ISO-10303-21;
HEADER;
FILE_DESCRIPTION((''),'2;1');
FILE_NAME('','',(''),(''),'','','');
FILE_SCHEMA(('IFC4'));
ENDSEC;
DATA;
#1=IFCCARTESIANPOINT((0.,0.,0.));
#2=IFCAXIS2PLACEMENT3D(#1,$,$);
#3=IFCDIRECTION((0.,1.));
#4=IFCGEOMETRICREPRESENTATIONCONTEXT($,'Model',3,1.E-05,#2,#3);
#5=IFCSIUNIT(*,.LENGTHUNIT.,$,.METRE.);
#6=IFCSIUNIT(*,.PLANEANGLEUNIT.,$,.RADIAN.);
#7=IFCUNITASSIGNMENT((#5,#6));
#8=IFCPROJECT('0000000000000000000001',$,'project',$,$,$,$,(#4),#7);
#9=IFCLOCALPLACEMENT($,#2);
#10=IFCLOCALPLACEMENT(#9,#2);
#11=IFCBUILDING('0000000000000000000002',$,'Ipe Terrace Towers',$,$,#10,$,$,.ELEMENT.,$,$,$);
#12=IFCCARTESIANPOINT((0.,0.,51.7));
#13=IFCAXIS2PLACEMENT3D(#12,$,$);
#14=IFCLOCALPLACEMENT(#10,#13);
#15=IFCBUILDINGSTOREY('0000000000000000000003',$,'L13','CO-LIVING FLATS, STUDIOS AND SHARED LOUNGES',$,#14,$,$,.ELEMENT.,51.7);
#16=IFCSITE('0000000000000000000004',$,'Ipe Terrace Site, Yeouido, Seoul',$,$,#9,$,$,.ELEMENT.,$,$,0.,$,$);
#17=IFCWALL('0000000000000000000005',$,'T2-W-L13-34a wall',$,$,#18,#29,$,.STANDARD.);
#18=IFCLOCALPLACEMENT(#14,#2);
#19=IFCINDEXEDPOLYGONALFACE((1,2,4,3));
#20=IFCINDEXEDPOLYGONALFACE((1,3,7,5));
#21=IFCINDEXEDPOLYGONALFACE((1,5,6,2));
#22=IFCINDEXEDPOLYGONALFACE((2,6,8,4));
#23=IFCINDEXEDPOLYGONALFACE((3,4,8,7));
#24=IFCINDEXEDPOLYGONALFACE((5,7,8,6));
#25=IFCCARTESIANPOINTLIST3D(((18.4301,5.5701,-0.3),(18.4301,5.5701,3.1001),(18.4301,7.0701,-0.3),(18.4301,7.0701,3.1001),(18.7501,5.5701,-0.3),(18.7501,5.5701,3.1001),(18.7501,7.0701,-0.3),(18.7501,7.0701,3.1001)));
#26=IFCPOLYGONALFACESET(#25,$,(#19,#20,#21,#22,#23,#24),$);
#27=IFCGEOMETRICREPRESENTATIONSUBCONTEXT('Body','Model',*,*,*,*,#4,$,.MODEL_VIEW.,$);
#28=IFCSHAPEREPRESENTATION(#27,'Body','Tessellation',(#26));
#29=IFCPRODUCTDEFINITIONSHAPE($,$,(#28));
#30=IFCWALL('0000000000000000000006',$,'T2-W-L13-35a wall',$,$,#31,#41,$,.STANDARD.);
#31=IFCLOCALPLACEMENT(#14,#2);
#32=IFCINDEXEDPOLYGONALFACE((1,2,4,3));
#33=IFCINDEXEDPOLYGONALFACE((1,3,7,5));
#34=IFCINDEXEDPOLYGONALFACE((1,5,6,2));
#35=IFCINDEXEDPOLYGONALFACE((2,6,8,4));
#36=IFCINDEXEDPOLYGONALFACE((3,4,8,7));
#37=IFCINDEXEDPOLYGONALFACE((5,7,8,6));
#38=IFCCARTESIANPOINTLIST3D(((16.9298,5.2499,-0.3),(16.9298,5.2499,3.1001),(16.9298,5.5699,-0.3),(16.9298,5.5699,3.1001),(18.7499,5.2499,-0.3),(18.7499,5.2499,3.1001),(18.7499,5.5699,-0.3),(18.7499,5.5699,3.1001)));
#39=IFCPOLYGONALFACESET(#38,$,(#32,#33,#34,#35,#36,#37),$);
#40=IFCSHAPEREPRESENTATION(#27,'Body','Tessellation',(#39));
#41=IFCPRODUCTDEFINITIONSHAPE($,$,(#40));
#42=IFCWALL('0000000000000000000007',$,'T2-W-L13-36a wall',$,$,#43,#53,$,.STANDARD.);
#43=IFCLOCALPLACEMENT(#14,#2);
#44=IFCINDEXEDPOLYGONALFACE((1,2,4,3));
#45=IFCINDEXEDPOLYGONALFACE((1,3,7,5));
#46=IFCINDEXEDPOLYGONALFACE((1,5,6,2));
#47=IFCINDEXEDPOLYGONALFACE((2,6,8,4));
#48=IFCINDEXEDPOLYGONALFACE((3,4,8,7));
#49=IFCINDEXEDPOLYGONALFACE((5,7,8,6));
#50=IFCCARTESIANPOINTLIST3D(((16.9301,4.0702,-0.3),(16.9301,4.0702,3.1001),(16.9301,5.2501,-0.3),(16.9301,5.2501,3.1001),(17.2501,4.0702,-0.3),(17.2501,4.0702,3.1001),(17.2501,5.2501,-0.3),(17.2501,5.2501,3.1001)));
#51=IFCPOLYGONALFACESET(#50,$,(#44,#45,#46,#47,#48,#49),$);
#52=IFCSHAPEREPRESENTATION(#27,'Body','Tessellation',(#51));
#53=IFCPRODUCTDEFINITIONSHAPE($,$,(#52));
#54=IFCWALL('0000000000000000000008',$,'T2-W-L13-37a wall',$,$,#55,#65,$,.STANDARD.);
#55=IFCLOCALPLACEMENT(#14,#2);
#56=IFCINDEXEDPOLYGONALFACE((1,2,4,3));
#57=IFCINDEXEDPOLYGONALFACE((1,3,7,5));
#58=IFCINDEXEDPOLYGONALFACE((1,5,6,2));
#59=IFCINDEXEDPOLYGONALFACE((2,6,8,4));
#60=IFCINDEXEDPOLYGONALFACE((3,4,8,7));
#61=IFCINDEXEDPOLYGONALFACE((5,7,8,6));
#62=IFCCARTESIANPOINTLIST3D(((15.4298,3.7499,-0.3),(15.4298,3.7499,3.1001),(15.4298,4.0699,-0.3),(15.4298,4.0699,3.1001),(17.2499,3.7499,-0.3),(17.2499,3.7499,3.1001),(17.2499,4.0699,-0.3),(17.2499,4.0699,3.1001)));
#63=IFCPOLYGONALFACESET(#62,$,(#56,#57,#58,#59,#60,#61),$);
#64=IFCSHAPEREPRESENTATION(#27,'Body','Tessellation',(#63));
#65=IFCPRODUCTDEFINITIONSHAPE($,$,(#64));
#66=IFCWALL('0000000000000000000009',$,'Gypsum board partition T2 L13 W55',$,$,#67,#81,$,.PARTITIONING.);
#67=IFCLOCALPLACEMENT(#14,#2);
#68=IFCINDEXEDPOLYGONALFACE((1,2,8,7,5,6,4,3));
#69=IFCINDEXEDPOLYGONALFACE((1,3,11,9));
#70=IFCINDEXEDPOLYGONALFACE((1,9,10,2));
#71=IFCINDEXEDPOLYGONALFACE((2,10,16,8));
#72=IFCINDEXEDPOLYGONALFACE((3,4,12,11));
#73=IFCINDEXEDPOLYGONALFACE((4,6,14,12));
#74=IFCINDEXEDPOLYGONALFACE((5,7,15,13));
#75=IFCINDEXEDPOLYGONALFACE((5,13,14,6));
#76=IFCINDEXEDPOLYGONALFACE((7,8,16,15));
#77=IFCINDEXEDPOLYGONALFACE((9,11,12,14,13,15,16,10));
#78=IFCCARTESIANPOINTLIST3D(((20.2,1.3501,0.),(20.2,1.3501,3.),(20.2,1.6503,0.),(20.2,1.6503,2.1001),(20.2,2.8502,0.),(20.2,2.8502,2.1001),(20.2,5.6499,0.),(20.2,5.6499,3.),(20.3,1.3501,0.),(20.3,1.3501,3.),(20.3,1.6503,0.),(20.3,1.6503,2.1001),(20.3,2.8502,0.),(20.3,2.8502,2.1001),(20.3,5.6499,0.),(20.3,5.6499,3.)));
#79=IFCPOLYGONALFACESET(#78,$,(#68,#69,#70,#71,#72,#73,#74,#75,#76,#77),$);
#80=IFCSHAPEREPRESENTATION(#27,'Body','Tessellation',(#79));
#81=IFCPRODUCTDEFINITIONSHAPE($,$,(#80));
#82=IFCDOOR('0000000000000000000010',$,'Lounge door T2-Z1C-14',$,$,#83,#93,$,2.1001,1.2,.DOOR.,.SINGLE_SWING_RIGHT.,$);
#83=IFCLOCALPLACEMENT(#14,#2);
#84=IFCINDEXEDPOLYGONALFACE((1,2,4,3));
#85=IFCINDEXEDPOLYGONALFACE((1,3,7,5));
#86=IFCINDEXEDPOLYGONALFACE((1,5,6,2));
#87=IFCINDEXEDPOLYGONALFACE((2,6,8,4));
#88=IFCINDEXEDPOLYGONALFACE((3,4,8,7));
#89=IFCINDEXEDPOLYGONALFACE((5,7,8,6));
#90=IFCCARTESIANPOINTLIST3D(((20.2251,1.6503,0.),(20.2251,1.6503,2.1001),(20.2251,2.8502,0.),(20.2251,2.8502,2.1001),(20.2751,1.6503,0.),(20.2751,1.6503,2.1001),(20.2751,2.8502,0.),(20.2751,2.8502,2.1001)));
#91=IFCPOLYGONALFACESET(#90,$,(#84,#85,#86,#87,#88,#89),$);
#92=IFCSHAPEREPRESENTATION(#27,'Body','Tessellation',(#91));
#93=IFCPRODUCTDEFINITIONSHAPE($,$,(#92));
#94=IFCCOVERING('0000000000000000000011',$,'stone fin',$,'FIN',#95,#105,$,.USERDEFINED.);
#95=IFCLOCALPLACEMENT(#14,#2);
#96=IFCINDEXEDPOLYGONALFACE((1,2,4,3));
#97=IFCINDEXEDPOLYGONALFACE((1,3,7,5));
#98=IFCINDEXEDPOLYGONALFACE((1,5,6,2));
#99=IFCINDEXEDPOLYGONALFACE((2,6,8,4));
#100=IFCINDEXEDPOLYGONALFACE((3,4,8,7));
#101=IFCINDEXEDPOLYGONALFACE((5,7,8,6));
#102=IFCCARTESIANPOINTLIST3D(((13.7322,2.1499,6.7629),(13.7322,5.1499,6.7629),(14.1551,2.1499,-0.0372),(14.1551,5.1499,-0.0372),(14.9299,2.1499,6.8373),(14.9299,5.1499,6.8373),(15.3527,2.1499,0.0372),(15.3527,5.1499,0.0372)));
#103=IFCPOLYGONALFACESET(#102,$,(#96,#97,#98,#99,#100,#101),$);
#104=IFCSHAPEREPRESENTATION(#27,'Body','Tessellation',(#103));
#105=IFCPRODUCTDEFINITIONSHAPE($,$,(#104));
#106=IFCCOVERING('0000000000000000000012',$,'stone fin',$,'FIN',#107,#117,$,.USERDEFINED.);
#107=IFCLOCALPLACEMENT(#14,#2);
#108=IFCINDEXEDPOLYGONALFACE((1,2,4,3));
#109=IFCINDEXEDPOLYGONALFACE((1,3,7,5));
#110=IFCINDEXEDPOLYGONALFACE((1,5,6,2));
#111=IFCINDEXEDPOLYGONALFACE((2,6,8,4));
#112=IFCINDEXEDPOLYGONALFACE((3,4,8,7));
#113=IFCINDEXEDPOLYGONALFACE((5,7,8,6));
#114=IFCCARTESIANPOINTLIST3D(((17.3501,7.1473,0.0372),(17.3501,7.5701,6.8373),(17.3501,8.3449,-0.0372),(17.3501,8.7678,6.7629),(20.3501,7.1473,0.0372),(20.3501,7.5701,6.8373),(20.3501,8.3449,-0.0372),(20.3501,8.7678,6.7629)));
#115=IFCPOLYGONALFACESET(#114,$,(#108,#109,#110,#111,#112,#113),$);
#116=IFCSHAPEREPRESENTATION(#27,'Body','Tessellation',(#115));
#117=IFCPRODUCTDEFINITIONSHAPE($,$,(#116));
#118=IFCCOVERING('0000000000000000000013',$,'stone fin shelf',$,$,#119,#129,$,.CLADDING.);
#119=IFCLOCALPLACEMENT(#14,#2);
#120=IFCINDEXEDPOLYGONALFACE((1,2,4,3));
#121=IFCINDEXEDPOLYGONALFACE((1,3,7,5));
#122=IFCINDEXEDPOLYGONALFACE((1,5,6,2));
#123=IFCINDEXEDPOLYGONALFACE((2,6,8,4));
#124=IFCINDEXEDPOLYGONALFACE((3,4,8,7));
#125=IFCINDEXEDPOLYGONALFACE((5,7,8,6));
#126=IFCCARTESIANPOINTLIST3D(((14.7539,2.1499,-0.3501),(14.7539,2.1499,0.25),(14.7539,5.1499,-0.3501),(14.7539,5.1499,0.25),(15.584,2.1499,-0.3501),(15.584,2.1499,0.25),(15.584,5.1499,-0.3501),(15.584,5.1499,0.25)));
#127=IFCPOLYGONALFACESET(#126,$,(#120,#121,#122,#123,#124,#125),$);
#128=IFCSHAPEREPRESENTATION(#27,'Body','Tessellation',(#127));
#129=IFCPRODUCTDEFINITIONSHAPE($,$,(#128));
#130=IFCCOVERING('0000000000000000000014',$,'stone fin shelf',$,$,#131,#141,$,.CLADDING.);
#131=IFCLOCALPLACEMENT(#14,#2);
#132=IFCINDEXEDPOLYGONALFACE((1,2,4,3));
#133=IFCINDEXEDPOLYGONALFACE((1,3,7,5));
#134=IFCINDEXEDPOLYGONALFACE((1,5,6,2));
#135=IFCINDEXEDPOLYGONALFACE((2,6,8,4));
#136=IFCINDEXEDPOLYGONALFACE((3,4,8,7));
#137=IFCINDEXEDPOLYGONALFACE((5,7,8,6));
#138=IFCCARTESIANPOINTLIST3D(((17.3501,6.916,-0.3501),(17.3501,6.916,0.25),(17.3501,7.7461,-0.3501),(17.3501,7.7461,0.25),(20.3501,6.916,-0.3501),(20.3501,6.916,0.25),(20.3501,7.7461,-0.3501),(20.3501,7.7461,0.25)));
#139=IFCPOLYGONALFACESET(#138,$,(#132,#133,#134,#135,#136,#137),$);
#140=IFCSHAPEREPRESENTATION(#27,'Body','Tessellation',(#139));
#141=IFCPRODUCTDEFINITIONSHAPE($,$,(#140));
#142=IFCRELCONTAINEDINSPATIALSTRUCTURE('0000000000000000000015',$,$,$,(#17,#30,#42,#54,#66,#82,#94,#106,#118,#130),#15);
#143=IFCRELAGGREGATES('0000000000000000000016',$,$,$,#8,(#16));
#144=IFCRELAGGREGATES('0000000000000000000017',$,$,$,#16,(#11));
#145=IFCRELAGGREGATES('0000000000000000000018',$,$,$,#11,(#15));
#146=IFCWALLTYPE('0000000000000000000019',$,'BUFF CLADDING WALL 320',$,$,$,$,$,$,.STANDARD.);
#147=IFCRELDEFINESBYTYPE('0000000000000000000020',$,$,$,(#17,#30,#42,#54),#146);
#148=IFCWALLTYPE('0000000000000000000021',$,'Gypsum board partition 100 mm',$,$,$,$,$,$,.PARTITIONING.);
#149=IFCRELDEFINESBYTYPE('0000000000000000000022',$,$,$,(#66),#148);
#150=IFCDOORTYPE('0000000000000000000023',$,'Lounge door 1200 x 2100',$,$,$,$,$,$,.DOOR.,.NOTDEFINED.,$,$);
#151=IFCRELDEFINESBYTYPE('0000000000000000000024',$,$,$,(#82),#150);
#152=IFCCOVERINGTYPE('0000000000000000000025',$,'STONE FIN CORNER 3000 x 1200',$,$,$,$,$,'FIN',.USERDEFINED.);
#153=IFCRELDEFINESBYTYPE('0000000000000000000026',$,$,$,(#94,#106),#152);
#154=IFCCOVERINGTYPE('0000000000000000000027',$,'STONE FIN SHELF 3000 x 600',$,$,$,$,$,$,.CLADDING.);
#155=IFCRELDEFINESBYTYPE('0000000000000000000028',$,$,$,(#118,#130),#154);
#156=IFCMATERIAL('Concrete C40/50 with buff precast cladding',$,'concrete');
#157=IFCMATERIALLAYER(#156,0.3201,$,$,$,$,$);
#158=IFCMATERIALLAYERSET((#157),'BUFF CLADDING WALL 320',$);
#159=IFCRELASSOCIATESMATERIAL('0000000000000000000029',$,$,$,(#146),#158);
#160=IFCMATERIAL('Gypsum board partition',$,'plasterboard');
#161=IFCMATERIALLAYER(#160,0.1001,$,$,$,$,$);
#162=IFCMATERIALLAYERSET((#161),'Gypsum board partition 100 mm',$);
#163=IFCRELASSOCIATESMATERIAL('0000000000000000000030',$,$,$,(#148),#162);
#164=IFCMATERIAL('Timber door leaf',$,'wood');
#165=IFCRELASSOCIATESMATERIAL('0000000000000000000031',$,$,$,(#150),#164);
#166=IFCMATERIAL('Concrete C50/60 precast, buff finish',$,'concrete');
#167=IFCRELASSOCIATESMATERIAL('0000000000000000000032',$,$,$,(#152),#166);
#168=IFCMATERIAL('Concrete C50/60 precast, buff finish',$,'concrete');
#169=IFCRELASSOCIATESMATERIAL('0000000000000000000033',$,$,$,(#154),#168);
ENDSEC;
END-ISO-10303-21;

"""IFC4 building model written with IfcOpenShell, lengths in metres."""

from ifc_helpers import new_model, si_unit, direction, frame, frame_2d, origin, origin_2d, place, context, subcontext, project, spatial, rectangle, extrude, material, layer, layer_set, material_profile, profile_set, type_object, element, fill, save


model = new_model("IFC4")

# Units and contexts
model_context = context("Model", 3, precision=1e-05, world=origin(), true_north=direction((0.0, 1.0)))
body_context = subcontext(model_context, "Body", "Model", "MODEL_VIEW")
ifc_project = project(units=[si_unit("LENGTHUNIT", "METRE"), si_unit("PLANEANGLEUNIT", "RADIAN")], contexts=[model_context])

# Site, building, storey
site_placement = place(None, origin())
site = spatial("IfcSite", under=ifc_project, at=site_placement, Name="Ipe Terrace Site, Yeouido, Seoul", CompositionType="ELEMENT", RefElevation=0.0)
building_placement = place(site_placement, origin())
building = spatial("IfcBuilding", under=site, at=building_placement, Name="Ipe Terrace Towers", CompositionType="ELEMENT")
storey_placement = place(building_placement, frame((0.0, 0.0, 51.7)))
storey = spatial("IfcBuildingStorey", under=building, at=storey_placement, Name="L13", Description="CO-LIVING FLATS, STUDIOS AND SHARED LOUNGES", CompositionType="ELEMENT", Elevation=51.7)

# Walls
ifc_material_1 = material(Name="Concrete C40/50 with buff precast cladding", Category="concrete")
ifc_layer_1 = layer(ifc_material_1, 0.3201)
ifc_layer_set_1 = layer_set([ifc_layer_1], Name="BUFF CLADDING WALL 320")
wall_type_1 = type_object("IfcWallType", Name="BUFF CLADDING WALL 320", PredefinedType="STANDARD", material=ifc_layer_set_1)
wall_1_placement = place(storey_placement, frame((18.5901, 7.0701, -0.3), z_axis=(0.0, 0.0, 1.0), x_axis=(0.0, -1.0, 0.0)))
element("IfcWall", 1, at=wall_1_placement, inside=storey, type_object=wall_type_1, Name="T2-W-L13-34a wall", PredefinedType="STANDARD", context=body_context, shape_type="SweptSolid", body=[
    extrude(rectangle(XDim=1.5, YDim=0.3201, at=frame_2d((0.75, 0.0))), origin(), (0.0, 0.0, 1.0), 3.4001),
])
wall_2_placement = place(storey_placement, frame((18.75, 5.4099, -0.3), z_axis=(0.0, 0.0, 1.0), x_axis=(-1.0, 0.0, 0.0)))
element("IfcWall", 2, at=wall_2_placement, inside=storey, type_object=wall_type_1, Name="T2-W-L13-35a wall", PredefinedType="STANDARD", context=body_context, shape_type="SweptSolid", body=[
    extrude(rectangle(XDim=1.8201, YDim=0.3201, at=frame_2d((0.9102, 0.0))), origin(), (0.0, 0.0, 1.0), 3.4001),
])
wall_3_placement = place(storey_placement, frame((17.0901, 5.25, -0.3), z_axis=(0.0, 0.0, 1.0), x_axis=(0.0, -1.0, 0.0)))
element("IfcWall", 3, at=wall_3_placement, inside=storey, type_object=wall_type_1, Name="T2-W-L13-36a wall", PredefinedType="STANDARD", context=body_context, shape_type="SweptSolid", body=[
    extrude(rectangle(XDim=1.1799, YDim=0.3201, at=frame_2d((0.5898, 0.0))), origin(), (0.0, 0.0, 1.0), 3.4001),
])
wall_4_placement = place(storey_placement, frame((17.25, 3.9099, -0.3), z_axis=(0.0, 0.0, 1.0), x_axis=(-1.0, 0.0, 0.0)))
element("IfcWall", 4, at=wall_4_placement, inside=storey, type_object=wall_type_1, Name="T2-W-L13-37a wall", PredefinedType="STANDARD", context=body_context, shape_type="SweptSolid", body=[
    extrude(rectangle(XDim=1.8201, YDim=0.3201, at=frame_2d((0.9102, 0.0))), origin(), (0.0, 0.0, 1.0), 3.4001),
])

# Wall, opening, door
ifc_material_2 = material(Name="Gypsum board partition", Category="plasterboard")
ifc_layer_2 = layer(ifc_material_2, 0.1001)
ifc_layer_set_2 = layer_set([ifc_layer_2], Name="Gypsum board partition 100 mm")
wall_type_2 = type_object("IfcWallType", Name="Gypsum board partition 100 mm", PredefinedType="PARTITIONING", material=ifc_layer_set_2)
wall_5_placement = place(storey_placement, frame((20.25, 1.3501, 0.0), z_axis=(0.0, 0.0, 1.0), x_axis=(0.0, 1.0, 0.0)))
wall_5 = element("IfcWall", 5, at=wall_5_placement, inside=storey, type_object=wall_type_2, Name="Gypsum board partition T2 L13 W55", PredefinedType="PARTITIONING", context=body_context, shape_type="SweptSolid", body=[
    extrude(rectangle(XDim=4.2998, YDim=0.1001, at=frame_2d((2.1499, 0.0))), origin(), (0.0, 0.0, 1.0), 3.0),
])
opening_placement = place(wall_5_placement, frame((0.3, 0.0, 0.0)))
opening = element("IfcOpeningElement", 6, at=opening_placement, cuts=wall_5, PredefinedType="OPENING", context=body_context, shape_type="SweptSolid", body=[
    extrude(rectangle(XDim=1.2, YDim=2.1001, at=frame_2d((0.6001, 1.05))), frame((0.0, 0.0601, 0.0), z_axis=(0.0, -1.0, 0.0), x_axis=(1.0, 0.0, 0.0)), (0.0, 0.0, 1.0), 0.1201),
])
ifc_material_3 = material(Name="Timber door leaf", Category="wood")
door_type = type_object("IfcDoorType", Name="Lounge door 1200 x 2100", OperationType="NOTDEFINED", PredefinedType="DOOR", material=ifc_material_3)
door_placement = place(opening_placement, origin())
door = element("IfcDoor", 7, at=door_placement, inside=storey, type_object=door_type, Name="Lounge door T2-Z1C-14", OperationType="SINGLE_SWING_RIGHT", OverallHeight=2.1001, OverallWidth=1.2, PredefinedType="DOOR", context=body_context, shape_type="SweptSolid", body=[
    extrude(rectangle(XDim=1.2, YDim=2.1001, at=frame_2d((0.6001, 1.05))), frame((0.0, 0.0249, 0.0), z_axis=(0.0, -1.0, 0.0), x_axis=(1.0, 0.0, 0.0)), (0.0, 0.0, 1.0), 0.05),
])
fill(opening, door)

# Coverings
ifc_material_4 = material(Name="Concrete C50/60 precast, buff finish", Category="concrete")
ifc_material_profile_1 = material_profile(ifc_material_4, rectangle(XDim=3.0, YDim=1.2, at=origin_2d()), Name="STONE FIN CORNER 3000 x 1200")
ifc_profile_set_1 = profile_set([ifc_material_profile_1], Name="Concrete C50/60 precast, buff finish")
covering_type_1 = type_object("IfcCoveringType", Name="STONE FIN CORNER 3000 x 1200", ElementType="FIN", PredefinedType="USERDEFINED", material=ifc_profile_set_1)
for number, where, z_axis, x_axis, name in (
    (8, (14.7539, 3.6499, 0.0), (-0.062064, 0.0, 0.998072), (0.0, -1.0, 0.0), "stone fin"),
    (9, (18.8501, 7.7461, 0.0), (0.0, 0.062064, 0.998072), (-1.0, 0.0, 0.0), "stone fin"),
):
    element("IfcCovering", number, at=place(storey_placement, frame(where, z_axis=z_axis, x_axis=x_axis)), inside=storey, type_object=covering_type_1, Name=name, ObjectType="FIN", PredefinedType="USERDEFINED", context=body_context, shape_type="SweptSolid", body=[
        extrude(rectangle(XDim=3.0, YDim=1.2, at=origin_2d()), origin(), (0.0, 0.0, 1.0), 6.8132),
    ])
ifc_material_5 = material(Name="Concrete C50/60 precast, buff finish", Category="concrete")
covering_type_2 = type_object("IfcCoveringType", Name="STONE FIN SHELF 3000 x 600", PredefinedType="CLADDING", material=ifc_material_5)
for number, where, z_axis, x_axis, name in (
    (10, (15.1689, 3.6499, -0.3501), (0.0, 0.0, 1.0), (0.0, -1.0, 0.0), "stone fin shelf"),
    (11, (18.8501, 7.3311, -0.3501), (0.0, 0.0, 1.0), (-1.0, 0.0, 0.0), "stone fin shelf"),
):
    element("IfcCovering", number, at=place(storey_placement, frame(where, z_axis=z_axis, x_axis=x_axis)), inside=storey, type_object=covering_type_2, Name=name, PredefinedType="CLADDING", context=body_context, shape_type="SweptSolid", body=[
        extrude(rectangle(XDim=3.0, YDim=0.8301, at=origin_2d()), origin(), (0.0, 0.0, 1.0), 0.6001),
    ])

save(model, "model.ifc")
